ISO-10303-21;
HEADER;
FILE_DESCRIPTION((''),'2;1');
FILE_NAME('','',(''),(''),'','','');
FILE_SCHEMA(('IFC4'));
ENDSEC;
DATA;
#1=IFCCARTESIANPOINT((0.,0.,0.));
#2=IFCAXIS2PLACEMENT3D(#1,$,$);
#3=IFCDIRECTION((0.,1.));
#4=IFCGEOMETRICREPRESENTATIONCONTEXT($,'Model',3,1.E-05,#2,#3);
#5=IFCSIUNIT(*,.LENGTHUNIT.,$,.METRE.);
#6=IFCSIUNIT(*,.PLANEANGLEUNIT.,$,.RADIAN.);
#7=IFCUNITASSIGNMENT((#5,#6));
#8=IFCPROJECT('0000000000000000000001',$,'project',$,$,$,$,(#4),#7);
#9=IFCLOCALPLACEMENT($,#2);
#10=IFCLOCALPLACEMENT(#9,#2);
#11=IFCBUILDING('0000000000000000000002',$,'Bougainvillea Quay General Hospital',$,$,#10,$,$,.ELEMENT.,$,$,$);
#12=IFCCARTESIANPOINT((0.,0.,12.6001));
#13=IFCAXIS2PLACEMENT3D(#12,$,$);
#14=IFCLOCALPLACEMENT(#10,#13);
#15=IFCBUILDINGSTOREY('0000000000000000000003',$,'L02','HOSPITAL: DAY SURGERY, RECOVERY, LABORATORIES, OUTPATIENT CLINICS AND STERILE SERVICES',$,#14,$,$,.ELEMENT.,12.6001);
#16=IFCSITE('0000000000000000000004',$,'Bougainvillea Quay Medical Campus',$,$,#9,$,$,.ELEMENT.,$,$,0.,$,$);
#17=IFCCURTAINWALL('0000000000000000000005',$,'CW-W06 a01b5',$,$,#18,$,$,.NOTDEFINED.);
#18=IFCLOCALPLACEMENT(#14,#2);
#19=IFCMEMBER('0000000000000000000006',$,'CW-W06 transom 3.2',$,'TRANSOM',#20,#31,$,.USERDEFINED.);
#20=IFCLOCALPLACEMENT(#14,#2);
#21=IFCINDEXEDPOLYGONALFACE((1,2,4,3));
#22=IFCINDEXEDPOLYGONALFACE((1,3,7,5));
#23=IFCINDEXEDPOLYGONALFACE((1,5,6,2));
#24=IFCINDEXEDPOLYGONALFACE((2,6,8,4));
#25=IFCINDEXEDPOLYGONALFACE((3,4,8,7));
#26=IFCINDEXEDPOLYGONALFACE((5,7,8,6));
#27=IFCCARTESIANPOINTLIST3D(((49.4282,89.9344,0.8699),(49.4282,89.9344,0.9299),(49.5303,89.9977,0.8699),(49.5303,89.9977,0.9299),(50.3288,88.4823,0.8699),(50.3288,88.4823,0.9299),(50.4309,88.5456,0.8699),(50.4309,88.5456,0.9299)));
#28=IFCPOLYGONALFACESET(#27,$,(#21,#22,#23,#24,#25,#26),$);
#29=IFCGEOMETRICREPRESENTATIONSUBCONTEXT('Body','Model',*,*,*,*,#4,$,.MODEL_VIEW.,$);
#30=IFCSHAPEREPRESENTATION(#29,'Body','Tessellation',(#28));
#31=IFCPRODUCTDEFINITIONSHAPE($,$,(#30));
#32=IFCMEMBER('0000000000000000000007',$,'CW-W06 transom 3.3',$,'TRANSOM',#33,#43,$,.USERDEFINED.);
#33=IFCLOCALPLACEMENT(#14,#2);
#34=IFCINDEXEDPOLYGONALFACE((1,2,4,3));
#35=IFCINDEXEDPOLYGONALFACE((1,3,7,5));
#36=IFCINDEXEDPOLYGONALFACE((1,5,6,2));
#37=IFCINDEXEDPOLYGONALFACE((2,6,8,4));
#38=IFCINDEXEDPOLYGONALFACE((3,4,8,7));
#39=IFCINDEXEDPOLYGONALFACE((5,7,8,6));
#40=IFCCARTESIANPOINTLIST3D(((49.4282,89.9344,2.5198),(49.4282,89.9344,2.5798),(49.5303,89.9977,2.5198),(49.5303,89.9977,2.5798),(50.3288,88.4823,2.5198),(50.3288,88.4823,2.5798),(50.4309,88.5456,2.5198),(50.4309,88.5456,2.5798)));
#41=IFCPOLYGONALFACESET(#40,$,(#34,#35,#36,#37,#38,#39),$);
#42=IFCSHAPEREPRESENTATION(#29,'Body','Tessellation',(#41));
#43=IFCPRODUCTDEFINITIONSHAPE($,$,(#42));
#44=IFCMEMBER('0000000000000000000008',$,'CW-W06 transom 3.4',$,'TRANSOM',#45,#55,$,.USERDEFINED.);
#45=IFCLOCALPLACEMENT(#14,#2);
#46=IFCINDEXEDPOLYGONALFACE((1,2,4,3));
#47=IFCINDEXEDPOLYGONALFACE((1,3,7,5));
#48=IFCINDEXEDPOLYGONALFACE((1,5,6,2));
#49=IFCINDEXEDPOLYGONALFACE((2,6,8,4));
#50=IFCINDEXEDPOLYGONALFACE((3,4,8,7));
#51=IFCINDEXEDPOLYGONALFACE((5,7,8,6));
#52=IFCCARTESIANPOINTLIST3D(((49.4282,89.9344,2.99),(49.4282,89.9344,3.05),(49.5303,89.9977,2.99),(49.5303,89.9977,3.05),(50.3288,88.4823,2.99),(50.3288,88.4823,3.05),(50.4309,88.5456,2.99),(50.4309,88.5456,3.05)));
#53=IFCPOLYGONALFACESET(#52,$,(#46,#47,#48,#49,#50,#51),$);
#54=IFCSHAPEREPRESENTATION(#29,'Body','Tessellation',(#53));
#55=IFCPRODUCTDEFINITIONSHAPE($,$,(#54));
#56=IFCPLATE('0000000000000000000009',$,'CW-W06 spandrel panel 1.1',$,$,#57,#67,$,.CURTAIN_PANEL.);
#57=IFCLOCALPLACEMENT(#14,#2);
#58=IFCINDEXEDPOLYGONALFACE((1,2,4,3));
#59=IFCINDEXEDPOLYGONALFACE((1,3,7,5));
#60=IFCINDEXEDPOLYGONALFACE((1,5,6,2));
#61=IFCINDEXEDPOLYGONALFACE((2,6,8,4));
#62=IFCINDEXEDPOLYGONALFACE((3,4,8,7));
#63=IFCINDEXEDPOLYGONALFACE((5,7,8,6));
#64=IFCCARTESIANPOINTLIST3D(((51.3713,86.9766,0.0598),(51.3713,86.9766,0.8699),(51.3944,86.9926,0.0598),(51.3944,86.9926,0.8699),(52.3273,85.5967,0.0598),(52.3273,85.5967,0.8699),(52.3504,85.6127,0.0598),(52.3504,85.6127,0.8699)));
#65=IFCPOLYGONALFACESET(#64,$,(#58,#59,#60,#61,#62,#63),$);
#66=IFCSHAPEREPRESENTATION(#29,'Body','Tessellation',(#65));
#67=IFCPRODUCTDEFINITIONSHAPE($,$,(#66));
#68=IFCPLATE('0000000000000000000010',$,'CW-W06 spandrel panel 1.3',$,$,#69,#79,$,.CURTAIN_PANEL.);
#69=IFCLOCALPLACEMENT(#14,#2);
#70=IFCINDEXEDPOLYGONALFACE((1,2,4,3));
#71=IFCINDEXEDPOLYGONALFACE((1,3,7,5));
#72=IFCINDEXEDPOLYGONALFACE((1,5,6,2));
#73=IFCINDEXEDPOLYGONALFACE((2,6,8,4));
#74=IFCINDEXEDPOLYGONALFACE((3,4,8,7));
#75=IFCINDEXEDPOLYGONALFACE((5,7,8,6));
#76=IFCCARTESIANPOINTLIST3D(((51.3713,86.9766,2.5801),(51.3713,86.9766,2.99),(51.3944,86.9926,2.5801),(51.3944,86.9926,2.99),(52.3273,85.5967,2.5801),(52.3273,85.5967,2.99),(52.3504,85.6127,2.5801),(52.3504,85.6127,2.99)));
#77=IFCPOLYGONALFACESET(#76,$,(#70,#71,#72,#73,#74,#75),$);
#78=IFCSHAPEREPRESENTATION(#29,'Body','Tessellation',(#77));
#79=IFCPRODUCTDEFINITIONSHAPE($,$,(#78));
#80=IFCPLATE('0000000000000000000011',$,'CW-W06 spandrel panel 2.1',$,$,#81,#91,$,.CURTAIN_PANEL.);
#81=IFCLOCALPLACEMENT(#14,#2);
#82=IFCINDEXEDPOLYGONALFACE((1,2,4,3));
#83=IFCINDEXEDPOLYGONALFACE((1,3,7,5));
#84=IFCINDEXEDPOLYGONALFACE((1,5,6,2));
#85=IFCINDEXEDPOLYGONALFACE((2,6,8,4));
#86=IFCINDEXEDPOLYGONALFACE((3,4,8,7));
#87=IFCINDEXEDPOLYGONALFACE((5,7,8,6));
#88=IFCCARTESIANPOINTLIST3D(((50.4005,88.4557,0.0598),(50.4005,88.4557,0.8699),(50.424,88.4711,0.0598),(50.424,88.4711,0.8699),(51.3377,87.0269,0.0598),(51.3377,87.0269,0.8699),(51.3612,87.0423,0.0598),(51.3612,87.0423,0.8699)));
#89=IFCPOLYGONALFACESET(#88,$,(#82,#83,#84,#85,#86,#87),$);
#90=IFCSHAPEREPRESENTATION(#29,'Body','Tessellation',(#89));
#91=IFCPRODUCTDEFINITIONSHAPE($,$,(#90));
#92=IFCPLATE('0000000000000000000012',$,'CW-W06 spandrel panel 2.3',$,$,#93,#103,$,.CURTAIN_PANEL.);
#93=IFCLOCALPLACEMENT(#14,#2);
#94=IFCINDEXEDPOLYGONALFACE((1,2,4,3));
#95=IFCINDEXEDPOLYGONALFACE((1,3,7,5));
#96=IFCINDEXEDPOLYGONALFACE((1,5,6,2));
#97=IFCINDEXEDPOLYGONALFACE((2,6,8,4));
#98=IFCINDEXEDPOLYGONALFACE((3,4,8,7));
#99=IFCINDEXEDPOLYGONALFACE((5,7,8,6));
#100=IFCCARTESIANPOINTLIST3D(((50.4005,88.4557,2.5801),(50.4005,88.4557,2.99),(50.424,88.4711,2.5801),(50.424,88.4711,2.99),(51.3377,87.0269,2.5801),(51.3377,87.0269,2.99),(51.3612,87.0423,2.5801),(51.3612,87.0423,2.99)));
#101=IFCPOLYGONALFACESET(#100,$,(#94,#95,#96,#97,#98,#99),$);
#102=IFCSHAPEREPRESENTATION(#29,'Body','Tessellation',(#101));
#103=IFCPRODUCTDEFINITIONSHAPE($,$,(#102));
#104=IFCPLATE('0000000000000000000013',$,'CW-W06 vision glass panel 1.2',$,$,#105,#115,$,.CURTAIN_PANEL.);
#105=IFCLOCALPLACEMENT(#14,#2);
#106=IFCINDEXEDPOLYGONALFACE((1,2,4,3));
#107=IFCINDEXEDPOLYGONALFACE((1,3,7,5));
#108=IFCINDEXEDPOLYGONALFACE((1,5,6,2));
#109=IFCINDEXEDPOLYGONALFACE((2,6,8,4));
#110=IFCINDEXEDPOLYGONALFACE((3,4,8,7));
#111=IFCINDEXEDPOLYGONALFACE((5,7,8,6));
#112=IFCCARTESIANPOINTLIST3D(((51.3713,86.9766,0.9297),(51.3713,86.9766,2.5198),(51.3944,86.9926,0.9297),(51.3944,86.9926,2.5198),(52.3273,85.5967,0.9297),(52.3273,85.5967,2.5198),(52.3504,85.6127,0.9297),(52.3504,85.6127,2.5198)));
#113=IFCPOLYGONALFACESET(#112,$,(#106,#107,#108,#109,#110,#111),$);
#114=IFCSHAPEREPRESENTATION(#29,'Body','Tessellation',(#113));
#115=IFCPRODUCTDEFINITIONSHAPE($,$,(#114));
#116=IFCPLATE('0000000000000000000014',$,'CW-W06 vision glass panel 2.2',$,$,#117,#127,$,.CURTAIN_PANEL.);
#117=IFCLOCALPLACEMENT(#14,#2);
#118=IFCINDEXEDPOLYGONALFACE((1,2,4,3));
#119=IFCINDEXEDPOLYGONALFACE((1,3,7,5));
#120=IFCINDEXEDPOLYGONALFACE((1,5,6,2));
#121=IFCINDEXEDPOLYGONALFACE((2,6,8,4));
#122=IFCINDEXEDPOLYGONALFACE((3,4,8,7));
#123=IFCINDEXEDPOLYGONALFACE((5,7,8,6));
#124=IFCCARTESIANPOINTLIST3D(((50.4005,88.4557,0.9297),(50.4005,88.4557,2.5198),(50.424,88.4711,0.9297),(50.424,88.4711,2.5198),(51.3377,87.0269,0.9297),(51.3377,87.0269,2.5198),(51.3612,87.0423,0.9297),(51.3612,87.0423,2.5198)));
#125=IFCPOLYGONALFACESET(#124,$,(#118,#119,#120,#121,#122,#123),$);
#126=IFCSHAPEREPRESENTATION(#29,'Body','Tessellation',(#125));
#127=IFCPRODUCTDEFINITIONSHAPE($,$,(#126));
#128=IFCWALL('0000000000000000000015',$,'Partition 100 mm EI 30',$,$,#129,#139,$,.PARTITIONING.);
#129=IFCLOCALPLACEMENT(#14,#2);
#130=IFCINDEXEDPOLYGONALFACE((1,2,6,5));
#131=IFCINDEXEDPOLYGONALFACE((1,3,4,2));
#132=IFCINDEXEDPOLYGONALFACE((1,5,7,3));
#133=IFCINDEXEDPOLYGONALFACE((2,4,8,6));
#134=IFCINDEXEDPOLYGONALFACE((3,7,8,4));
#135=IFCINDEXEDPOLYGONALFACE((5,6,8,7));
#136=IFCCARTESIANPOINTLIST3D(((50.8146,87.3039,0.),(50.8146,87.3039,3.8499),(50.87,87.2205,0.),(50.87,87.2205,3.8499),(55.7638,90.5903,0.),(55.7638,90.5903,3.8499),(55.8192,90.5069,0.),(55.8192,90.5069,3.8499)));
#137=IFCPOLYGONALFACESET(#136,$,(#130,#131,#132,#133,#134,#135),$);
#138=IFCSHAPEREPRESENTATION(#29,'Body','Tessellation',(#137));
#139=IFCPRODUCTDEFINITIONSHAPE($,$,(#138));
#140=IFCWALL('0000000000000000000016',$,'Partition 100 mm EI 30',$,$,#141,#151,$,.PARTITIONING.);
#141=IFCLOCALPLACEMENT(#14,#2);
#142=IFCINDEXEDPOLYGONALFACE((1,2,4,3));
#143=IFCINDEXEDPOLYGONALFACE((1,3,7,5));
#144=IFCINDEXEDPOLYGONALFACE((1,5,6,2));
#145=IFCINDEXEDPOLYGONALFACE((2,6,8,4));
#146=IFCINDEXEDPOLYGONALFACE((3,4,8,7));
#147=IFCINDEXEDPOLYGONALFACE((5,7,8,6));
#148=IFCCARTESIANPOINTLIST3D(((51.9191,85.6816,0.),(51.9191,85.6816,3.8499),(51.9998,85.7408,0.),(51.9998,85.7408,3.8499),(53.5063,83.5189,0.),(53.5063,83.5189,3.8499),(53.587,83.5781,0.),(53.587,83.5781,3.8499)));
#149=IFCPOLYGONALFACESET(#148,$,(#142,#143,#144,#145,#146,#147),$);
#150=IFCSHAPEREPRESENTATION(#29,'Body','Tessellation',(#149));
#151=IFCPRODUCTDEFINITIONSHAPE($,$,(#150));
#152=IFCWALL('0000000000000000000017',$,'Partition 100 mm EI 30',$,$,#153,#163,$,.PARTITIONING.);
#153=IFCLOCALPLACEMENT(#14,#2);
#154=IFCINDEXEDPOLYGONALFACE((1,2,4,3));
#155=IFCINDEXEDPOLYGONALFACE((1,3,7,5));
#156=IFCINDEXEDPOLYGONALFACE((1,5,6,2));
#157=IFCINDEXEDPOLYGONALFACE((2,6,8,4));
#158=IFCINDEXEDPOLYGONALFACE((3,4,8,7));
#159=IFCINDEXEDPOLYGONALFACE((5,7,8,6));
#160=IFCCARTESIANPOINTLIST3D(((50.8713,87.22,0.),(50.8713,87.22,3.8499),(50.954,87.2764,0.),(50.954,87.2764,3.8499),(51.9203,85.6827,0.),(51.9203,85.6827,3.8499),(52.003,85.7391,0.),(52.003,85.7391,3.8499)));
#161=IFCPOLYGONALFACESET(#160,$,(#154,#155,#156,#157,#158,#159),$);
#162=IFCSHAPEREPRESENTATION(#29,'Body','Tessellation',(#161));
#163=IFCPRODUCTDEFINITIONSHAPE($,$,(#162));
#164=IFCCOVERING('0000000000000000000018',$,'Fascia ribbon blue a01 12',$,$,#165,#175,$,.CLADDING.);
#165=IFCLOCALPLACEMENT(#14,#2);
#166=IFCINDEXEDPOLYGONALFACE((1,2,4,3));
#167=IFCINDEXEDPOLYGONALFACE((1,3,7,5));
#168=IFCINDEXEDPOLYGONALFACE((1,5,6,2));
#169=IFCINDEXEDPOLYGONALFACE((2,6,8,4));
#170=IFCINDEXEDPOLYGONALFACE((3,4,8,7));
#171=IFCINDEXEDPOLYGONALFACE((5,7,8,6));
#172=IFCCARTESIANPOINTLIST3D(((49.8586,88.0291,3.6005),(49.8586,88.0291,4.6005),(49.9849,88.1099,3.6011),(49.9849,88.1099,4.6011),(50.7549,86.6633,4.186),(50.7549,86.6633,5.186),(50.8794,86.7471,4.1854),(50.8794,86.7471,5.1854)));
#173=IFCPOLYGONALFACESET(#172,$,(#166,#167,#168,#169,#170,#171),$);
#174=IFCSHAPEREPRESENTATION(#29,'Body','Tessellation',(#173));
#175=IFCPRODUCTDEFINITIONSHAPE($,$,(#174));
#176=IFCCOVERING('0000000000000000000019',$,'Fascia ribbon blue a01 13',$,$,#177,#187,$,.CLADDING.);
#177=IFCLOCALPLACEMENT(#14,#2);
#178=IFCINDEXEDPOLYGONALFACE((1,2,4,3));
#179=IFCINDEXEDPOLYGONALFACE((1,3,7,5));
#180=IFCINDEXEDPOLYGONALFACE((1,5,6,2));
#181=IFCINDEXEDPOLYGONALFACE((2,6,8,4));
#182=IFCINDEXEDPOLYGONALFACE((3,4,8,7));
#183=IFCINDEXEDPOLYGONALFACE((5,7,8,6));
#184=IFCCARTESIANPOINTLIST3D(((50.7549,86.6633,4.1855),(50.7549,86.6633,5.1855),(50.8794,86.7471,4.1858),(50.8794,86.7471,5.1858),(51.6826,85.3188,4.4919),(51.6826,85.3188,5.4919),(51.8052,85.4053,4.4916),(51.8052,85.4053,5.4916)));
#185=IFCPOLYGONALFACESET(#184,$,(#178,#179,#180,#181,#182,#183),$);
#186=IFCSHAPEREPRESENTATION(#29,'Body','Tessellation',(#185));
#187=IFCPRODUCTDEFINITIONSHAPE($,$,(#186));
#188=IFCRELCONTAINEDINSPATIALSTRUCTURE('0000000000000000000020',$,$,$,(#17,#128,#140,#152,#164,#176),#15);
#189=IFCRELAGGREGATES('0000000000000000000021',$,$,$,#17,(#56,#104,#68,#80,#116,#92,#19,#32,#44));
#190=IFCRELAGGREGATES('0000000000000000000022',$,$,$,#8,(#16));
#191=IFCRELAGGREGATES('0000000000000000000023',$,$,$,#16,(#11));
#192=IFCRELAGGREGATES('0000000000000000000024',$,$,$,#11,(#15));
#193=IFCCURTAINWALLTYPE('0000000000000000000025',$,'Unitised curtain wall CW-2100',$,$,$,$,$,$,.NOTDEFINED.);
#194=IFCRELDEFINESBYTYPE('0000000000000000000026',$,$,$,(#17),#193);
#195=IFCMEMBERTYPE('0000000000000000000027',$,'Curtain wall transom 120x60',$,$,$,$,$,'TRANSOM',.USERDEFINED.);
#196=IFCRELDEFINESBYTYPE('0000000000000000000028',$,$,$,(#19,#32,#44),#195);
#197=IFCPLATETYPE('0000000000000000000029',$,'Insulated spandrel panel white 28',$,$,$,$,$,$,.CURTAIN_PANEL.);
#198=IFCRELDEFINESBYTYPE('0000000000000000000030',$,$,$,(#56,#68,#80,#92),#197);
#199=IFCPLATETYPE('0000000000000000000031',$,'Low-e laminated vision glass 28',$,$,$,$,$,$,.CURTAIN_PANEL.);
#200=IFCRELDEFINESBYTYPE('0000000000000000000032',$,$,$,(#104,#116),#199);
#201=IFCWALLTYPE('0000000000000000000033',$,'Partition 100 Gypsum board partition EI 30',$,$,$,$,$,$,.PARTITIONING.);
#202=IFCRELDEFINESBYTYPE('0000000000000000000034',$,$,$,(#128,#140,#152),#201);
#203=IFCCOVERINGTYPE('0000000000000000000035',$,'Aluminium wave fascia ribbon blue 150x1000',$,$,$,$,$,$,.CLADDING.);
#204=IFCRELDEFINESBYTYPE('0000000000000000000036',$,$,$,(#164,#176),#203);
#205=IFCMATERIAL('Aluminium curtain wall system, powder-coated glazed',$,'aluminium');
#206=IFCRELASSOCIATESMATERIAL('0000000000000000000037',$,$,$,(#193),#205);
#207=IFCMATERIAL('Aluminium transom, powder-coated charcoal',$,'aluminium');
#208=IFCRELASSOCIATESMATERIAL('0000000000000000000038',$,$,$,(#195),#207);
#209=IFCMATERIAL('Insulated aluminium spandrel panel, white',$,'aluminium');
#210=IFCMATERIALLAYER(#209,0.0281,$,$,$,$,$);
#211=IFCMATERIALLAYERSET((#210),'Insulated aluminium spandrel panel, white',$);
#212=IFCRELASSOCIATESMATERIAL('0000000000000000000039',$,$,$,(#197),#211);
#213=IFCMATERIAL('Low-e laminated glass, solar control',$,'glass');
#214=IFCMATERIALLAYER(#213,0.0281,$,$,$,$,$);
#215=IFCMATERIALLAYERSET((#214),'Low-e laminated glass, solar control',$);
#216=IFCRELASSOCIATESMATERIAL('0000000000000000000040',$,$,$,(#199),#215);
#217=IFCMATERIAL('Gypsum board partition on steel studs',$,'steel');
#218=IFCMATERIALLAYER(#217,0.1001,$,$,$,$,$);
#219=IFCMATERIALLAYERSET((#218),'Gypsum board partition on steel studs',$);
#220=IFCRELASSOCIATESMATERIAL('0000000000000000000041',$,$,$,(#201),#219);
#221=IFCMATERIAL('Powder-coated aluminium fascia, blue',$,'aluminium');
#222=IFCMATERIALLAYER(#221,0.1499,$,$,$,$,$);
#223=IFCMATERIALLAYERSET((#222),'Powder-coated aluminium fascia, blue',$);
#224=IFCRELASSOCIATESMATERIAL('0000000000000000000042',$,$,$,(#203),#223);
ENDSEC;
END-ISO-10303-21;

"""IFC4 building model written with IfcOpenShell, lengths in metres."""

from ifc_helpers import new_model, si_unit, direction, frame, frame_2d, origin, origin_2d, place, context, subcontext, project, spatial, polyline, rectangle, outline, extrude, material, layer, layer_set, material_profile, profile_set, type_object, element, aggregate, save


model = new_model("IFC4")

# Units and contexts
model_context = context("Model", 3, precision=1e-05, world=origin(), true_north=direction((0.0, 1.0)))
body_context = subcontext(model_context, "Body", "Model", "MODEL_VIEW")
ifc_project = project(units=[si_unit("LENGTHUNIT", "METRE"), si_unit("PLANEANGLEUNIT", "RADIAN")], contexts=[model_context])

# Site, building, storey
site_placement = place(None, origin())
site = spatial("IfcSite", under=ifc_project, at=site_placement, Name="Bougainvillea Quay Medical Campus", CompositionType="ELEMENT", RefElevation=0.0)
building_placement = place(site_placement, origin())
building = spatial("IfcBuilding", under=site, at=building_placement, Name="Bougainvillea Quay General Hospital", CompositionType="ELEMENT")
storey_placement = place(building_placement, frame((0.0, 0.0, 12.6001)))
storey = spatial("IfcBuildingStorey", under=building, at=storey_placement, Name="L02", Description="HOSPITAL: DAY SURGERY, RECOVERY, LABORATORIES, OUTPATIENT CLINICS AND STERILE SERVICES", CompositionType="ELEMENT", Elevation=12.6001)

# Shared definitions
ifc_material_1 = material(Name="Aluminium curtain wall system, powder-coated glazed", Category="aluminium")
curtain_wall_type = type_object("IfcCurtainWallType", Name="Unitised curtain wall CW-2100", PredefinedType="NOTDEFINED", material=ifc_material_1)

# Curtain wall, members, plates
curtain_wall_1_placement = place(storey_placement, origin())
curtain_wall_1 = element("IfcCurtainWall", 1, at=curtain_wall_1_placement, inside=storey, type_object=curtain_wall_type, Name="CW-W06 a01b5", PredefinedType="NOTDEFINED")
ifc_material_2 = material(Name="Aluminium transom, powder-coated charcoal", Category="aluminium")
ifc_material_profile_1 = material_profile(ifc_material_2, rectangle(XDim=0.1201, YDim=0.0601, at=origin_2d()))
ifc_profile_set_1 = profile_set([ifc_material_profile_1], Name="Aluminium transom, powder-coated charcoal")
member_type_1 = type_object("IfcMemberType", Name="Curtain wall transom 120x60", ElementType="TRANSOM", PredefinedType="USERDEFINED", material=ifc_profile_set_1)
member_1_placement = place(storey_placement, frame((50.3799, 88.5139, 0.8999), z_axis=(-0.527068, 0.849823, 0.0), x_axis=(-0.849823, -0.527068, 0.0)))
member_1 = element("IfcMember", 2, at=member_1_placement, type_object=member_type_1, Name="CW-W06 transom 3.2", ObjectType="TRANSOM", PredefinedType="USERDEFINED", context=body_context, shape_type="SweptSolid", body=[
    extrude(rectangle(XDim=0.1201, YDim=0.0601, at=origin_2d()), origin(), (0.0, 0.0, 1.0), 1.7087),
])
member_2_placement = place(storey_placement, frame((50.3799, 88.5139, 2.5498), z_axis=(-0.527068, 0.849823, 0.0), x_axis=(-0.849823, -0.527068, 0.0)))
member_2 = element("IfcMember", 3, at=member_2_placement, type_object=member_type_1, Name="CW-W06 transom 3.3", ObjectType="TRANSOM", PredefinedType="USERDEFINED", context=body_context, shape_type="SweptSolid", body=[
    extrude(rectangle(XDim=0.1201, YDim=0.0601, at=origin_2d()), origin(), (0.0, 0.0, 1.0), 1.7087),
])
member_3_placement = place(storey_placement, frame((50.3799, 88.5139, 3.02), z_axis=(-0.527068, 0.849823, 0.0), x_axis=(-0.849823, -0.527068, 0.0)))
member_3 = element("IfcMember", 4, at=member_3_placement, type_object=member_type_1, Name="CW-W06 transom 3.4", ObjectType="TRANSOM", PredefinedType="USERDEFINED", context=body_context, shape_type="SweptSolid", body=[
    extrude(rectangle(XDim=0.1201, YDim=0.0601, at=origin_2d()), origin(), (0.0, 0.0, 1.0), 1.7087),
])
ifc_material_3 = material(Name="Insulated aluminium spandrel panel, white", Category="aluminium")
ifc_layer_1 = layer(ifc_material_3, 0.0281)
ifc_layer_set_1 = layer_set([ifc_layer_1], Name="Insulated aluminium spandrel panel, white")
plate_type_1 = type_object("IfcPlateType", Name="Insulated spandrel panel white 28", PredefinedType="CURTAIN_PANEL", material=ifc_layer_set_1)
plate_1_placement = place(storey_placement, frame((51.8608, 86.2947, 0.0598), z_axis=(0.0, 0.0, 1.0), x_axis=(-0.569473, 0.82201, 0.0)))
plate_1 = element("IfcPlate", 5, at=plate_1_placement, type_object=plate_type_1, Name="CW-W06 spandrel panel 1.1", PredefinedType="CURTAIN_PANEL", context=body_context, shape_type="SweptSolid", body=[
    extrude(rectangle(XDim=1.6787, YDim=0.0281, at=origin_2d()), origin(), (0.0, 0.0, 1.0), 0.8101),
])
plate_2_placement = place(storey_placement, frame((51.8608, 86.2947, 2.5801), z_axis=(0.0, 0.0, 1.0), x_axis=(-0.569473, 0.82201, 0.0)))
plate_2 = element("IfcPlate", 6, at=plate_2_placement, type_object=plate_type_1, Name="CW-W06 spandrel panel 1.3", PredefinedType="CURTAIN_PANEL", context=body_context, shape_type="SweptSolid", body=[
    extrude(rectangle(XDim=1.6787, YDim=0.0281, at=origin_2d()), origin(), (0.0, 0.0, 1.0), 0.4099),
])
plate_3_placement = place(storey_placement, frame((50.8809, 87.749, 0.0598), z_axis=(0.0, 0.0, 1.0), x_axis=(-0.548446, 0.836186, 0.0)))
plate_3 = element("IfcPlate", 7, at=plate_3_placement, type_object=plate_type_1, Name="CW-W06 spandrel panel 2.1", PredefinedType="CURTAIN_PANEL", context=body_context, shape_type="SweptSolid", body=[
    extrude(rectangle(XDim=1.7087, YDim=0.0281, at=origin_2d()), origin(), (0.0, 0.0, 1.0), 0.8101),
])
plate_4_placement = place(storey_placement, frame((50.8809, 87.749, 2.5801), z_axis=(0.0, 0.0, 1.0), x_axis=(-0.548446, 0.836186, 0.0)))
plate_4 = element("IfcPlate", 8, at=plate_4_placement, type_object=plate_type_1, Name="CW-W06 spandrel panel 2.3", PredefinedType="CURTAIN_PANEL", context=body_context, shape_type="SweptSolid", body=[
    extrude(rectangle(XDim=1.7087, YDim=0.0281, at=origin_2d()), origin(), (0.0, 0.0, 1.0), 0.4099),
])
ifc_material_4 = material(Name="Low-e laminated glass, solar control", Category="glass")
ifc_layer_2 = layer(ifc_material_4, 0.0281)
ifc_layer_set_2 = layer_set([ifc_layer_2], Name="Low-e laminated glass, solar control")
plate_type_2 = type_object("IfcPlateType", Name="Low-e laminated vision glass 28", PredefinedType="CURTAIN_PANEL", material=ifc_layer_set_2)
plate_5_placement = place(storey_placement, frame((51.8608, 86.2947, 0.9297), z_axis=(0.0, 0.0, 1.0), x_axis=(-0.569473, 0.82201, 0.0)))
plate_5 = element("IfcPlate", 9, at=plate_5_placement, type_object=plate_type_2, Name="CW-W06 vision glass panel 1.2", PredefinedType="CURTAIN_PANEL", context=body_context, shape_type="SweptSolid", body=[
    extrude(rectangle(XDim=1.6787, YDim=0.0281, at=origin_2d()), origin(), (0.0, 0.0, 1.0), 1.5901),
])
plate_6_placement = place(storey_placement, frame((50.8809, 87.749, 0.9297), z_axis=(0.0, 0.0, 1.0), x_axis=(-0.548446, 0.836186, 0.0)))
plate_6 = element("IfcPlate", 10, at=plate_6_placement, type_object=plate_type_2, Name="CW-W06 vision glass panel 2.2", PredefinedType="CURTAIN_PANEL", context=body_context, shape_type="SweptSolid", body=[
    extrude(rectangle(XDim=1.7087, YDim=0.0281, at=origin_2d()), origin(), (0.0, 0.0, 1.0), 1.5901),
])
aggregate(curtain_wall_1, [plate_1, plate_5, plate_2, plate_3, plate_6, plate_4, member_1, member_2, member_3])

# Walls
ifc_material_5 = material(Name="Gypsum board partition on steel studs", Category="steel")
ifc_layer_3 = layer(ifc_material_5, 0.1001)
ifc_layer_set_3 = layer_set([ifc_layer_3], Name="Gypsum board partition on steel studs")
wall_type = type_object("IfcWallType", Name="Partition 100 Gypsum board partition EI 30", PredefinedType="PARTITIONING", material=ifc_layer_set_3)
wall_1_placement = place(storey_placement, frame((50.8423, 87.2622, 0.0), z_axis=(0.0, 0.0, 1.0), x_axis=(0.833067, 0.553172, 0.0)))
element("IfcWall", 11, at=wall_1_placement, inside=storey, type_object=wall_type, Name="Partition 100 mm EI 30", PredefinedType="PARTITIONING", context=body_context, shape_type="SweptSolid", body=[
    extrude(rectangle(XDim=5.9409, YDim=0.1001, at=frame_2d((2.9705, 0.0))), origin(), (0.0, 0.0, 1.0), 3.8499),
])
wall_2_placement = place(storey_placement, frame((51.9595, 85.7112, 0.0), z_axis=(0.0, 0.0, 1.0), x_axis=(0.591667, -0.806182, 0.0)))
element("IfcWall", 12, at=wall_2_placement, inside=storey, type_object=wall_type, Name="Partition 100 mm EI 30", PredefinedType="PARTITIONING", context=body_context, shape_type="SweptSolid", body=[
    extrude(rectangle(XDim=2.6826, YDim=0.1001, at=frame_2d((1.3413, 0.0))), origin(), (0.0, 0.0, 1.0), 3.8499),
])
wall_3_placement = place(storey_placement, frame((50.9126, 87.2483, 0.0), z_axis=(0.0, 0.0, 1.0), x_axis=(0.563658, -0.826008, 0.0)))
element("IfcWall", 13, at=wall_3_placement, inside=storey, type_object=wall_type, Name="Partition 100 mm EI 30", PredefinedType="PARTITIONING", context=body_context, shape_type="SweptSolid", body=[
    extrude(rectangle(XDim=1.8611, YDim=0.1001, at=frame_2d((0.9307, 0.0))), origin(), (0.0, 0.0, 1.0), 3.8499),
])

# Coverings
ifc_material_6 = material(Name="Powder-coated aluminium fascia, blue", Category="aluminium")
ifc_layer_4 = layer(ifc_material_6, 0.1499)
ifc_layer_set_4 = layer_set([ifc_layer_4], Name="Powder-coated aluminium fascia, blue")
covering_type = type_object("IfcCoveringType", Name="Aluminium wave fascia ribbon blue 150x1000", PredefinedType="CLADDING", material=ifc_layer_set_4)
covering_1_placement = place(storey_placement, frame((49.9849, 88.1099, 3.6011), z_axis=(-0.185145, 0.282113, 0.941347), x_axis=(0.516556, -0.786958, 0.337441)))
element("IfcCovering", 14, at=covering_1_placement, inside=storey, type_object=covering_type, Name="Fascia ribbon blue a01 12", PredefinedType="CLADDING", context=body_context, shape_type="SweptSolid", body=[
    extrude(outline(polyline([(0.0, 0.0), (1.7317, 0.0), (1.7335, -0.15), (-0.0019, -0.1499), (0.0, 0.0)])), origin(), (0.337441, -0.000026, 0.941347), 1.0),
])
covering_2_placement = place(storey_placement, frame((50.8794, 86.7471, 4.1858), z_axis=(-0.104592, 0.151861, 0.982852), x_axis=(0.558163, -0.808983, 0.184395)))
element("IfcCovering", 15, at=covering_2_placement, inside=storey, type_object=covering_type, Name="Fascia ribbon blue a01 13", PredefinedType="CLADDING", context=body_context, shape_type="SweptSolid", body=[
    extrude(outline(polyline([(0.0, 0.0), (1.6586, 0.0), (1.6602, -0.15), (-0.0018, -0.15), (0.0, 0.0)])), origin(), (0.184395, -0.00015, 0.982852), 1.0),
])

save(model, "model.ifc")
